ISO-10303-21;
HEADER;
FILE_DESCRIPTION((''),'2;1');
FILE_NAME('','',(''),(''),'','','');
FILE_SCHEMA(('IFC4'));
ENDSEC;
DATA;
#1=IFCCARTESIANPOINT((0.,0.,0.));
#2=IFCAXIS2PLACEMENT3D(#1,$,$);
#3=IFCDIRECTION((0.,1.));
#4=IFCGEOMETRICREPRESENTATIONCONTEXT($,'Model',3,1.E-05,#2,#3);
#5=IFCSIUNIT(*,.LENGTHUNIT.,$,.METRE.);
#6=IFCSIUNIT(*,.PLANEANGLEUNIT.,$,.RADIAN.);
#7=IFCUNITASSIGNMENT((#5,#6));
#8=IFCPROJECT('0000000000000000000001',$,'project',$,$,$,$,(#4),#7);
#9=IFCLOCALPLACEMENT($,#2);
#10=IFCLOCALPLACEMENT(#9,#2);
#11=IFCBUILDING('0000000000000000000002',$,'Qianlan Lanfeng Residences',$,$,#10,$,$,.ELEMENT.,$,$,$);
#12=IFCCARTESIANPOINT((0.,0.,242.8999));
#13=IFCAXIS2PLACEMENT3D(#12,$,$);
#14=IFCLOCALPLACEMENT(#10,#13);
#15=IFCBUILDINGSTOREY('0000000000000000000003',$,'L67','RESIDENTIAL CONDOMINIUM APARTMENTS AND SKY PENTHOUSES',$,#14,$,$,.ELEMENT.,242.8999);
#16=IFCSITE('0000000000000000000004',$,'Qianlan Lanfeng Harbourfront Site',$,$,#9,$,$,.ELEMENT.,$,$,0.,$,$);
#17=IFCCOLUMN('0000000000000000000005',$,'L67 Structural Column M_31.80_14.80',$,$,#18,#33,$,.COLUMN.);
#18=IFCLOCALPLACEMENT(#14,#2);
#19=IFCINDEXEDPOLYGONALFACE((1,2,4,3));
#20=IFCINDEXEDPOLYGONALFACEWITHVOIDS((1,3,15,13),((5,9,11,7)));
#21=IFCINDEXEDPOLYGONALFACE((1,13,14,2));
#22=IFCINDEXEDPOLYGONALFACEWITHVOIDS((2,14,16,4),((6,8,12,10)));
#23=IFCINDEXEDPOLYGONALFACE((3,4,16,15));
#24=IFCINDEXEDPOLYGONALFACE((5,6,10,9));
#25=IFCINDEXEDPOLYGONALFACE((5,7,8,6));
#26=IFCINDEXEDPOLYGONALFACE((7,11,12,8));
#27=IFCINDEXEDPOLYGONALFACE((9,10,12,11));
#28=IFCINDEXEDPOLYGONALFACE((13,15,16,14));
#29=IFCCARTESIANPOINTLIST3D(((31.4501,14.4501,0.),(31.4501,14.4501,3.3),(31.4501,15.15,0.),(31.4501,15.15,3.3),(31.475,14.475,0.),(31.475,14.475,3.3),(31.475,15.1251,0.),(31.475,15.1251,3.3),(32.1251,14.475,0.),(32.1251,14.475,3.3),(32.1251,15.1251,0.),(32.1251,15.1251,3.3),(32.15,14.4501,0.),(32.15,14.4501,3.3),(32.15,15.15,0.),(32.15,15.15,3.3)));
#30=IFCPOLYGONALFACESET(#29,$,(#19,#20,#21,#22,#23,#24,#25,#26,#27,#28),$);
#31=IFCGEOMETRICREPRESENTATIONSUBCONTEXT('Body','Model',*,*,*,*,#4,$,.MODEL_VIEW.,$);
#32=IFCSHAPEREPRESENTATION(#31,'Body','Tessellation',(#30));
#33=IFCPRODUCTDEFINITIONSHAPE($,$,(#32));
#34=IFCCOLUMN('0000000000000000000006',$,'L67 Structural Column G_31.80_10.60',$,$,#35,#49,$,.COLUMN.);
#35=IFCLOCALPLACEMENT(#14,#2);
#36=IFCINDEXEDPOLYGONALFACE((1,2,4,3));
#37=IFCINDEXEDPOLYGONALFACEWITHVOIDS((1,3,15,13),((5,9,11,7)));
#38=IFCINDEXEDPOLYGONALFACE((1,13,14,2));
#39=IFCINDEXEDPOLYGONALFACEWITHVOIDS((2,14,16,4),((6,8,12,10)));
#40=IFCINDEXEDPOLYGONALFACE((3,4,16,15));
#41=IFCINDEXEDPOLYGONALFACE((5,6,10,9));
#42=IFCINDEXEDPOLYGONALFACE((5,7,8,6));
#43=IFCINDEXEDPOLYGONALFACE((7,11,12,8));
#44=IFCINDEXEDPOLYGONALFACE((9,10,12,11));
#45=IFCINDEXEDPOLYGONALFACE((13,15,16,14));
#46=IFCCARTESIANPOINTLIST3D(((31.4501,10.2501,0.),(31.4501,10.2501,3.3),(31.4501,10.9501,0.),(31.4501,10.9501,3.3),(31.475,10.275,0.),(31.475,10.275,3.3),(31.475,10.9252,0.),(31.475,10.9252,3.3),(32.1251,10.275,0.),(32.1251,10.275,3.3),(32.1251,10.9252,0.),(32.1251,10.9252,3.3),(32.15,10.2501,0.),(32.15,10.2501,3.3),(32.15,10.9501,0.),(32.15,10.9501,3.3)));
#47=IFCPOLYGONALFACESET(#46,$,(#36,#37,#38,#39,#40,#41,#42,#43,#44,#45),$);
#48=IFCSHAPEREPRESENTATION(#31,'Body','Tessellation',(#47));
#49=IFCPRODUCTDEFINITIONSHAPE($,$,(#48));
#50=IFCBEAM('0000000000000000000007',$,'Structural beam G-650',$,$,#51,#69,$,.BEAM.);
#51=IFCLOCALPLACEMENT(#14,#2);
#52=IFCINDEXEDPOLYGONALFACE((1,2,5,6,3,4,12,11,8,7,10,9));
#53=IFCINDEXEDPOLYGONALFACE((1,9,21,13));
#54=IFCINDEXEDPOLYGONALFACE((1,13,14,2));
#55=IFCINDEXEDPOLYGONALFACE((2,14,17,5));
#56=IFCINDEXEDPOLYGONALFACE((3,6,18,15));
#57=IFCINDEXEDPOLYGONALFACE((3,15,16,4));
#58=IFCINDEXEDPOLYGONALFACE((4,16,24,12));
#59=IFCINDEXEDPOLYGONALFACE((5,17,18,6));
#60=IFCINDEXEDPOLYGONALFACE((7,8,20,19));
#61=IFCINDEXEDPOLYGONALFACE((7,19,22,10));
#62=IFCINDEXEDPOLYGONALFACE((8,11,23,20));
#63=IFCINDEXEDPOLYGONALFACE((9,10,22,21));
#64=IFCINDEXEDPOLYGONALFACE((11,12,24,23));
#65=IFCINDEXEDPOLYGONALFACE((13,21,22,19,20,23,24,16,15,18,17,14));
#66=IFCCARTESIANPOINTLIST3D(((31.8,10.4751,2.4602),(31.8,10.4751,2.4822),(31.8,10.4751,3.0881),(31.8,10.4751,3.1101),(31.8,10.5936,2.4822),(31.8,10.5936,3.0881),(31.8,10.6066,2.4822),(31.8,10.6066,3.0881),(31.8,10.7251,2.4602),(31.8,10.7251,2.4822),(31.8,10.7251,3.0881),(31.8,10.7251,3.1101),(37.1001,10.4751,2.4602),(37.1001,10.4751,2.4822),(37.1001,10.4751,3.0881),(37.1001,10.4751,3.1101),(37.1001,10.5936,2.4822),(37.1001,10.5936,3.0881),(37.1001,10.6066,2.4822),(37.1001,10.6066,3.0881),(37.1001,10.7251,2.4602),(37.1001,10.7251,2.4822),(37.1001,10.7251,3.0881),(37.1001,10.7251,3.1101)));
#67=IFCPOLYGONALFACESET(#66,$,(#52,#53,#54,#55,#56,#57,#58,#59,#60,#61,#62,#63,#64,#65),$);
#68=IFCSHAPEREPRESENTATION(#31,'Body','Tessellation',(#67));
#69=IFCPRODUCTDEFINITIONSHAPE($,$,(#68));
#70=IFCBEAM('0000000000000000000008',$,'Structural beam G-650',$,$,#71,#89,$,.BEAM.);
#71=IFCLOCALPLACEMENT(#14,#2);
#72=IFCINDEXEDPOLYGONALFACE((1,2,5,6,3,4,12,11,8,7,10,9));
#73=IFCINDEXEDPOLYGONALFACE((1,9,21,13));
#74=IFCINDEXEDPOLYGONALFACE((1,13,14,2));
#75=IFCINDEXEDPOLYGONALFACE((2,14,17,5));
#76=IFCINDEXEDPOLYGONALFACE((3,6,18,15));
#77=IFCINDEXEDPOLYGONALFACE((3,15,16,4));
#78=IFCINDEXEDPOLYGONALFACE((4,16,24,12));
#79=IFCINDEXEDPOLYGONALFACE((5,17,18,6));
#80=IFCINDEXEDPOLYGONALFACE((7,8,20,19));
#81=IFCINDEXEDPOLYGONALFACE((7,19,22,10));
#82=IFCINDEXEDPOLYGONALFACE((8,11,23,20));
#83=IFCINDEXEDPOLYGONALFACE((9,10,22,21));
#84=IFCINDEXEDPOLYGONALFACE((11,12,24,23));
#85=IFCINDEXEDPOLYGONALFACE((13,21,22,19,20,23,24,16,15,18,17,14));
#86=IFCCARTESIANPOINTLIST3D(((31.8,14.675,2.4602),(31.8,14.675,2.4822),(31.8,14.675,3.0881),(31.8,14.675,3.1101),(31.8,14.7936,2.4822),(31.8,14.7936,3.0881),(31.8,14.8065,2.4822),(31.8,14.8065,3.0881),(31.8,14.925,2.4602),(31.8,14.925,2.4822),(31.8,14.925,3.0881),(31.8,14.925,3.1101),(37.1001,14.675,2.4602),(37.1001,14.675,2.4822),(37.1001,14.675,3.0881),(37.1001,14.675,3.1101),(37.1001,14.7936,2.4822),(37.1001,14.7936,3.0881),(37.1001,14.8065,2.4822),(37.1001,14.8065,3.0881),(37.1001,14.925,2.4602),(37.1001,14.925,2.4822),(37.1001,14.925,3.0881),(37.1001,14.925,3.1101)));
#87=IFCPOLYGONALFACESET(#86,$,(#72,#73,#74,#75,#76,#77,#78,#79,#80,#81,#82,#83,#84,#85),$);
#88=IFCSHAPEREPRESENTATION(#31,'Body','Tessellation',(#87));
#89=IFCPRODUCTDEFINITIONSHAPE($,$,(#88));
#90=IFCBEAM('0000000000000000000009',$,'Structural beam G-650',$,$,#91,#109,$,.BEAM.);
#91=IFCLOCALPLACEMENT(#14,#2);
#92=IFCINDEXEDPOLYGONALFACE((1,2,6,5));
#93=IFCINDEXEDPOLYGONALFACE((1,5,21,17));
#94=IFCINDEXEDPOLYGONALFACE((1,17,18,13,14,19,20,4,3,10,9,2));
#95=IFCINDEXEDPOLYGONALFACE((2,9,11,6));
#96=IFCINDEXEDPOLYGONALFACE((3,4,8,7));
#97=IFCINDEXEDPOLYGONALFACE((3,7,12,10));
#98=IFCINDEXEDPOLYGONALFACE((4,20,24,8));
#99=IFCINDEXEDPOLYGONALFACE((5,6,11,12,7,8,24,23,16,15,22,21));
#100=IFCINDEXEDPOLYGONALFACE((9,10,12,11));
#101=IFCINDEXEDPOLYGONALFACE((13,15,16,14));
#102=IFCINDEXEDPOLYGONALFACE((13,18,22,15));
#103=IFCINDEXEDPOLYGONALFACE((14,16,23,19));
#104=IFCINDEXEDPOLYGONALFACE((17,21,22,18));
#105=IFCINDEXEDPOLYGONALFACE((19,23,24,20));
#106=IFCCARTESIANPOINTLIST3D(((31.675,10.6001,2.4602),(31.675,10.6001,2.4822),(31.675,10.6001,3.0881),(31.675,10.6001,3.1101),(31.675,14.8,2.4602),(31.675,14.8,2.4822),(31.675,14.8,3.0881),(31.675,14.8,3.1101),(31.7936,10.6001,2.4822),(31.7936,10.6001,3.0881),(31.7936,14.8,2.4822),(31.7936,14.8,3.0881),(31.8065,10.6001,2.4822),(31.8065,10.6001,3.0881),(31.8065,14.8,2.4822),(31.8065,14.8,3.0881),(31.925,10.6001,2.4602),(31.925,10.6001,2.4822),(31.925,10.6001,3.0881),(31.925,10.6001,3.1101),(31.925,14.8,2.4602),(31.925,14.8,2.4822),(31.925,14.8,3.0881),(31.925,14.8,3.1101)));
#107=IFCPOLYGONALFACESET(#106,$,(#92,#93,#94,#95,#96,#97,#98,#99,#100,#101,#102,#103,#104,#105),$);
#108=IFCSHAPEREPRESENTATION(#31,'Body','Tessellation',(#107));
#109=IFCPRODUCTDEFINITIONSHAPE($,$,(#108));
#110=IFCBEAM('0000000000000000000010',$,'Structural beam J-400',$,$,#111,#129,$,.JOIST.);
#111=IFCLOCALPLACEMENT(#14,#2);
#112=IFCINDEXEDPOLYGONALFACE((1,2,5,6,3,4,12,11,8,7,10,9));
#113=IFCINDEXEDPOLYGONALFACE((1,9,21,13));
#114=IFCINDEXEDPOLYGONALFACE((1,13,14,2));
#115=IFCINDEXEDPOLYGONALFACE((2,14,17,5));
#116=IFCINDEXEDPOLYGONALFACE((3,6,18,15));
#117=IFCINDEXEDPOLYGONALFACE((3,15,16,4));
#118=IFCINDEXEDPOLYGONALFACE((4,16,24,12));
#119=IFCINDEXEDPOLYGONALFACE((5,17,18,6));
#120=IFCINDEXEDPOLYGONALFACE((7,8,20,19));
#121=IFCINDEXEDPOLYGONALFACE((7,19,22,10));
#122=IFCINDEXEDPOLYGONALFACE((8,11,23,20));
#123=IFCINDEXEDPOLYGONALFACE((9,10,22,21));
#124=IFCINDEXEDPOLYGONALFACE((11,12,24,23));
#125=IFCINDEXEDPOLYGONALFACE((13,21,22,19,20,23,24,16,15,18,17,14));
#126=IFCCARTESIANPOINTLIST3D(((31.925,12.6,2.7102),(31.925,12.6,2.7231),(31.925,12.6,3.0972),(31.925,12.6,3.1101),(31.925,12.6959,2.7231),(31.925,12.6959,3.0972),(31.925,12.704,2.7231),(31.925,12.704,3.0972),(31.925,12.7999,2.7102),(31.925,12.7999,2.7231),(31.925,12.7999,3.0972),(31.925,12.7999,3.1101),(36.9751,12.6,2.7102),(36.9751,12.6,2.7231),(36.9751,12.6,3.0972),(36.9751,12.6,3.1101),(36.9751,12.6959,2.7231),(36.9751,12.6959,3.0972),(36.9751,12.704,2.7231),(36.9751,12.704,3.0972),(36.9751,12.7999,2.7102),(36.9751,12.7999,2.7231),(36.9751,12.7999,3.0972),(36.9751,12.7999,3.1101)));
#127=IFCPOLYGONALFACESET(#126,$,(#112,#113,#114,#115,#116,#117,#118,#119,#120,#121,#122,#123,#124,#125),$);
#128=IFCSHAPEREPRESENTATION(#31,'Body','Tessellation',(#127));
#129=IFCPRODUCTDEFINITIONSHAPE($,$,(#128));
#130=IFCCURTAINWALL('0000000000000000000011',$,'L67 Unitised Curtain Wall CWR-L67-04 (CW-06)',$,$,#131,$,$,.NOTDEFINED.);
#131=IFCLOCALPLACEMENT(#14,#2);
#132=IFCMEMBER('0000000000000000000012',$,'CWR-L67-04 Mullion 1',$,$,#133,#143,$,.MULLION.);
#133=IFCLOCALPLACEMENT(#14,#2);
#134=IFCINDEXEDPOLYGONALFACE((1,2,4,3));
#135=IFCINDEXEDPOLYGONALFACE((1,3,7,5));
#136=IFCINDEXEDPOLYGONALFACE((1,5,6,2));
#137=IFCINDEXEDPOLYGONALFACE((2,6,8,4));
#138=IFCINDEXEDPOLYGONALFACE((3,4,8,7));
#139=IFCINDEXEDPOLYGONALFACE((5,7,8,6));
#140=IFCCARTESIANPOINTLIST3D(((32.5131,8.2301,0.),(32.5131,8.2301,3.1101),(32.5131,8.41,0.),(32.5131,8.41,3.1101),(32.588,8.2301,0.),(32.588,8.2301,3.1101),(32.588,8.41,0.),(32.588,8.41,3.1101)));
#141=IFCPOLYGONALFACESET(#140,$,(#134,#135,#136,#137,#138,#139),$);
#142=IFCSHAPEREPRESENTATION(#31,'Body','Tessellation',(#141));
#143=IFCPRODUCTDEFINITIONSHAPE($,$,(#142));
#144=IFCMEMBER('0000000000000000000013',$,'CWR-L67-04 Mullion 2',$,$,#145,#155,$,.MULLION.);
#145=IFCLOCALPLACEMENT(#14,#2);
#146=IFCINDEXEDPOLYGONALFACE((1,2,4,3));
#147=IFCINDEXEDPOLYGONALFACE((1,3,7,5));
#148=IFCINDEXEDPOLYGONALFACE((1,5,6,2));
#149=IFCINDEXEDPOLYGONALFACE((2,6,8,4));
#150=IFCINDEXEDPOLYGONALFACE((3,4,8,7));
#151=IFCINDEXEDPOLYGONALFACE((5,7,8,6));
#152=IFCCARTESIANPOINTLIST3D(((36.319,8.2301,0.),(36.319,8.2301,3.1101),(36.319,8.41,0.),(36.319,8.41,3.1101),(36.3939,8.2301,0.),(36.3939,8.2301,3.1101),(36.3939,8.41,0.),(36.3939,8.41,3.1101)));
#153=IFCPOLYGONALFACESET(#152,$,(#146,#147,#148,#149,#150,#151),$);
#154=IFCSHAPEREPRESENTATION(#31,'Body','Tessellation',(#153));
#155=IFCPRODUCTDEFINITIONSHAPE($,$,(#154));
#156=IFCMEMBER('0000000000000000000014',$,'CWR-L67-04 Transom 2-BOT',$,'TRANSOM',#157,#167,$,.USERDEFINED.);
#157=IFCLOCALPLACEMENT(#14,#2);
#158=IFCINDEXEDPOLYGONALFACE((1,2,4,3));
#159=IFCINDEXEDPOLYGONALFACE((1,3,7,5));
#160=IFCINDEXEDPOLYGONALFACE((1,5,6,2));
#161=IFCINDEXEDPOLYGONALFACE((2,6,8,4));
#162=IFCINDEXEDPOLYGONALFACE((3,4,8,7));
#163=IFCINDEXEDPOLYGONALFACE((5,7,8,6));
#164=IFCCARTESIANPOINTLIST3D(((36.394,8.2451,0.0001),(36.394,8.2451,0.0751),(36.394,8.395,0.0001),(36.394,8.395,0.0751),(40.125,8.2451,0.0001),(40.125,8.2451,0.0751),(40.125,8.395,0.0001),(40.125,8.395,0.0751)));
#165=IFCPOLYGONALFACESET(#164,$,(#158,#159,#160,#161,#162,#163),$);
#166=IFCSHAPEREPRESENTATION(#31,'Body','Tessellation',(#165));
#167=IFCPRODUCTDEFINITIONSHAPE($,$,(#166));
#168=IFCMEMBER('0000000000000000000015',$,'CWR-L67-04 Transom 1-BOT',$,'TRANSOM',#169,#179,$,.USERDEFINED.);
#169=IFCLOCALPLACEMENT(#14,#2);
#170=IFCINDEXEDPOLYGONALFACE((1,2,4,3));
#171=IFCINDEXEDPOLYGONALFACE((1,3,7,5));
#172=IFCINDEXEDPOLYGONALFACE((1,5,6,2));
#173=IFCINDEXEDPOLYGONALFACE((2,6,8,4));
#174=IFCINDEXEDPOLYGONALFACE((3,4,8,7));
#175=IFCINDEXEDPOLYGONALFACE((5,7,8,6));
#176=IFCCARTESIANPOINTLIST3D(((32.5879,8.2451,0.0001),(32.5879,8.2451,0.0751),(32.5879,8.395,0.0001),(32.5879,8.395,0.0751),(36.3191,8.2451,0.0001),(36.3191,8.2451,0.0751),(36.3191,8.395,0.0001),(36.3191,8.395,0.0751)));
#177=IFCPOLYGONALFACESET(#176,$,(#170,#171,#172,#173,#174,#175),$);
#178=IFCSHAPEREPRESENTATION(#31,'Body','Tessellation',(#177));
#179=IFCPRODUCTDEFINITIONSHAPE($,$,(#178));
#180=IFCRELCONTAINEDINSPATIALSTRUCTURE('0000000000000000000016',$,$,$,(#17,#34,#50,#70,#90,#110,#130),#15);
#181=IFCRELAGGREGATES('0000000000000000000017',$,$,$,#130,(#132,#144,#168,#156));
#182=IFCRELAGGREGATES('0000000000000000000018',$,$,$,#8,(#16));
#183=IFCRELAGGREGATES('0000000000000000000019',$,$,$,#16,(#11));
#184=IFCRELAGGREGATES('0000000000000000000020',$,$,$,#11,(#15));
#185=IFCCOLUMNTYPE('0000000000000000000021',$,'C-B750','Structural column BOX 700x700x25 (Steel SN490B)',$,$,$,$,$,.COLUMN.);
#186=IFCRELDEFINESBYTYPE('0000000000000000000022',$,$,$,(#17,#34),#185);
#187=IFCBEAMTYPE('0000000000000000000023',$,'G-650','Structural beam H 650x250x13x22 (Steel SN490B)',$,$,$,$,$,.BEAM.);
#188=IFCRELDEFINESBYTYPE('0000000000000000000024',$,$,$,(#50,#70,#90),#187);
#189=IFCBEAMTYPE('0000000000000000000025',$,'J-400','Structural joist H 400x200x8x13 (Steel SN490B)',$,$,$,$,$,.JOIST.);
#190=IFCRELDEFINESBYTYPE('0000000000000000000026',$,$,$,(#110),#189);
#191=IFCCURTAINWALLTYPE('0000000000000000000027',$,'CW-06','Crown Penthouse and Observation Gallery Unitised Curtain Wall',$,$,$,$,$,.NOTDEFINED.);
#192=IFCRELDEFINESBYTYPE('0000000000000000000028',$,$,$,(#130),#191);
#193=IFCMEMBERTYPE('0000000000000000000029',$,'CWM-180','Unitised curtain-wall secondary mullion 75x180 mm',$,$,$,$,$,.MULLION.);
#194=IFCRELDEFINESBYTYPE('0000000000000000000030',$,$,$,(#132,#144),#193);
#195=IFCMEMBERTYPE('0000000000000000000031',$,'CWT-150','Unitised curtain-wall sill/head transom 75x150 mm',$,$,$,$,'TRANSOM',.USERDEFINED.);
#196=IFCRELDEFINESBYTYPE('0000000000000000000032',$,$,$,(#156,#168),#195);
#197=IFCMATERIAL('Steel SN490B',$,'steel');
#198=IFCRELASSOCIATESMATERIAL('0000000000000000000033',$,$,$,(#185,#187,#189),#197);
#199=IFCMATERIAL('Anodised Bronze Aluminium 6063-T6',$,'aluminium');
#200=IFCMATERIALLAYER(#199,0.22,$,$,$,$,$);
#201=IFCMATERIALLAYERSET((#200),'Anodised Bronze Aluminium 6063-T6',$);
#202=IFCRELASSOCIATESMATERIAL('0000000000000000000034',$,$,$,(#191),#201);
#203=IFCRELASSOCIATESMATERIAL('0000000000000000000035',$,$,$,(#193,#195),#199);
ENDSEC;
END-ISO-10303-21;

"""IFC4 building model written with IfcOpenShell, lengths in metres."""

from ifc_helpers import new_model, si_unit, direction, frame, origin, origin_2d, place, context, subcontext, project, spatial, rectangle, hollow_rectangle, i_section, extrude, source, transform, mapped, material, layer, layer_set, material_profile, profile_set, type_object, element, aggregate, save


model = new_model("IFC4")

# Units and contexts
model_context = context("Model", 3, precision=1e-05, world=origin(), true_north=direction((0.0, 1.0)))
body_context = subcontext(model_context, "Body", "Model", "MODEL_VIEW")
ifc_project = project(units=[si_unit("LENGTHUNIT", "METRE"), si_unit("PLANEANGLEUNIT", "RADIAN")], contexts=[model_context])

# Site, building, storey
site_placement = place(None, origin())
site = spatial("IfcSite", under=ifc_project, at=site_placement, Name="Qianlan Lanfeng Harbourfront Site", CompositionType="ELEMENT", RefElevation=0.0)
building_placement = place(site_placement, origin())
building = spatial("IfcBuilding", under=site, at=building_placement, Name="Qianlan Lanfeng Residences", CompositionType="ELEMENT")
storey_placement = place(building_placement, frame((0.0, 0.0, 242.8999)))
storey = spatial("IfcBuildingStorey", under=building, at=storey_placement, Name="L67", Description="RESIDENTIAL CONDOMINIUM APARTMENTS AND SKY PENTHOUSES", CompositionType="ELEMENT", Elevation=242.8999)

# Columns
ifc_material_1 = material(Name="Steel SN490B", Category="steel")
ifc_material_profile_1 = material_profile(ifc_material_1, hollow_rectangle(XDim=0.7, YDim=0.7, WallThickness=0.0249, at=origin_2d()), Name="BOX 700x700x25")
ifc_profile_set_1 = profile_set([ifc_material_profile_1], Name="Steel SN490B")
column_type = type_object("IfcColumnType", Name="C-B750", Description="Structural column BOX 700x700x25 (Steel SN490B)", PredefinedType="COLUMN", material=ifc_profile_set_1)
for number, where, z_axis, x_axis, name in (
    (1, (31.8, 14.8, 0.0), (0.0, 0.0, 1.0), (1.0, 0.0, 0.0), "L67 Structural Column M_31.80_14.80"),
    (2, (31.8, 10.6001, 0.0), (0.0, 0.0, 1.0), (1.0, 0.0, 0.0), "L67 Structural Column G_31.80_10.60"),
):
    element("IfcColumn", number, at=place(storey_placement, frame(where, z_axis=z_axis, x_axis=x_axis)), inside=storey, type_object=column_type, Name=name, PredefinedType="COLUMN", context=body_context, shape_type="SweptSolid", body=[
        extrude(hollow_rectangle(XDim=0.7, YDim=0.7, WallThickness=0.0249, at=origin_2d()), origin(), (0.0, 0.0, 1.0), 3.3),
    ])

# Beams
ifc_material_profile_2 = material_profile(ifc_material_1, i_section(OverallWidth=0.25, OverallDepth=0.6499, WebThickness=0.0129, FlangeThickness=0.022, at=origin_2d()), Name="H 650x250x13x22")
ifc_profile_set_2 = profile_set([ifc_material_profile_2], Name="Steel SN490B")
beam_type_1 = type_object("IfcBeamType", Name="G-650", Description="Structural beam H 650x250x13x22 (Steel SN490B)", PredefinedType="BEAM", material=ifc_profile_set_2)
for number, where, z_axis, x_axis, name in (
    (3, (31.8, 10.6001, 2.7852), (1.0, 0.0, 0.0), (0.0, 1.0, 0.0), "Structural beam G-650"),
    (4, (31.8, 14.8, 2.7852), (1.0, 0.0, 0.0), (0.0, 1.0, 0.0), "Structural beam G-650"),
):
    element("IfcBeam", number, at=place(storey_placement, frame(where, z_axis=z_axis, x_axis=x_axis)), inside=storey, type_object=beam_type_1, Name=name, PredefinedType="BEAM", context=body_context, shape_type="SweptSolid", body=[
        extrude(i_section(OverallWidth=0.25, OverallDepth=0.6499, WebThickness=0.0129, FlangeThickness=0.022, at=origin_2d()), origin(), (0.0, 0.0, 1.0), 5.3),
    ])
beam_1_placement = place(storey_placement, frame((31.8, 10.6001, 2.7852), z_axis=(0.0, 1.0, 0.0), x_axis=(-1.0, 0.0, 0.0)))
element("IfcBeam", 5, at=beam_1_placement, inside=storey, type_object=beam_type_1, Name="Structural beam G-650", PredefinedType="BEAM", context=body_context, shape_type="SweptSolid", body=[
    extrude(i_section(OverallWidth=0.25, OverallDepth=0.6499, WebThickness=0.0129, FlangeThickness=0.022, at=origin_2d()), origin(), (0.0, 0.0, 1.0), 4.2),
])
ifc_material_profile_3 = material_profile(ifc_material_1, i_section(OverallWidth=0.2, OverallDepth=0.3999, WebThickness=0.0081, FlangeThickness=0.0129, at=origin_2d()), Name="H 400x200x8x13")
ifc_profile_set_3 = profile_set([ifc_material_profile_3], Name="Steel SN490B")
beam_type_2 = type_object("IfcBeamType", Name="J-400", Description="Structural joist H 400x200x8x13 (Steel SN490B)", PredefinedType="JOIST", material=ifc_profile_set_3)
beam_2_placement = place(storey_placement, frame((31.925, 12.7, 2.9102), z_axis=(1.0, 0.0, 0.0), x_axis=(0.0, 1.0, 0.0)))
element("IfcBeam", 6, at=beam_2_placement, inside=storey, type_object=beam_type_2, Name="Structural beam J-400", PredefinedType="JOIST", context=body_context, shape_type="SweptSolid", body=[
    extrude(i_section(OverallWidth=0.2, OverallDepth=0.3999, WebThickness=0.0081, FlangeThickness=0.0129, at=origin_2d()), origin(), (0.0, 0.0, 1.0), 5.05),
])

# Curtain wall, members
ifc_material_2 = material(Name="Anodised Bronze Aluminium 6063-T6", Category="aluminium")
ifc_layer_1 = layer(ifc_material_2, 0.22)
ifc_layer_set_1 = layer_set([ifc_layer_1], Name="Anodised Bronze Aluminium 6063-T6")
curtain_wall_type = type_object("IfcCurtainWallType", Name="CW-06", Description="Crown Penthouse and Observation Gallery Unitised Curtain Wall", PredefinedType="NOTDEFINED", material=ifc_layer_set_1)
curtain_wall_placement = place(storey_placement, origin())
curtain_wall = element("IfcCurtainWall", 7, at=curtain_wall_placement, inside=storey, type_object=curtain_wall_type, Name="L67 Unitised Curtain Wall CWR-L67-04 (CW-06)", PredefinedType="NOTDEFINED")
ifc_material_profile_4 = material_profile(ifc_material_2, rectangle(XDim=0.075, YDim=0.1799, at=origin_2d()), Name="ALU MULLION 75x180")
ifc_profile_set_4 = profile_set([ifc_material_profile_4], Name="Anodised Bronze Aluminium 6063-T6")
member_type_1 = type_object("IfcMemberType", Name="CWM-180", Description="Unitised curtain-wall secondary mullion 75x180 mm", PredefinedType="MULLION", material=ifc_profile_set_4)
shared_shape_1 = source(origin(), body_context, "Body", "SweptSolid", [
    extrude(rectangle(XDim=0.075, YDim=0.1799, at=origin_2d()), origin(), (0.0, 0.0, 1.0), 3.1101),
])
member_1_placement = place(storey_placement, frame((32.5505, 8.3201, 0.0), z_axis=(0.0, 0.0, 1.0), x_axis=(1.0, 0.0, 0.0)))
member_1 = element("IfcMember", 8, at=member_1_placement, type_object=member_type_1, Name="CWR-L67-04 Mullion 1", PredefinedType="MULLION", context=body_context, shape_type="MappedRepresentation", body=[
    mapped(shared_shape_1, transform((0.0, 0.0, 0.0), scale=1.0)),
])
member_2_placement = place(storey_placement, frame((36.3564, 8.3201, 0.0), z_axis=(0.0, 0.0, 1.0), x_axis=(1.0, 0.0, 0.0)))
member_2 = element("IfcMember", 9, at=member_2_placement, type_object=member_type_1, Name="CWR-L67-04 Mullion 2", PredefinedType="MULLION", context=body_context, shape_type="MappedRepresentation", body=[
    mapped(shared_shape_1, transform((0.0, 0.0, 0.0), scale=1.0)),
])
ifc_material_profile_5 = material_profile(ifc_material_2, rectangle(XDim=0.075, YDim=0.1499, at=origin_2d()), Name="ALU TRANSOM 75x150")
ifc_profile_set_5 = profile_set([ifc_material_profile_5], Name="Anodised Bronze Aluminium 6063-T6")
member_type_2 = type_object("IfcMemberType", Name="CWT-150", Description="Unitised curtain-wall sill/head transom 75x150 mm", ElementType="TRANSOM", PredefinedType="USERDEFINED", material=ifc_profile_set_5)
shared_shape_2 = source(origin(), body_context, "Body", "SweptSolid", [
    extrude(rectangle(XDim=0.075, YDim=0.1499, at=origin_2d()), origin(), (0.0, 0.0, 1.0), 3.731),
])
member_3_placement = place(storey_placement, frame((36.394, 8.3201, 0.0376), z_axis=(1.0, 0.0, 0.0), x_axis=(0.0, 0.0, 1.0)))
member_3 = element("IfcMember", 10, at=member_3_placement, type_object=member_type_2, Name="CWR-L67-04 Transom 2-BOT", ObjectType="TRANSOM", PredefinedType="USERDEFINED", context=body_context, shape_type="MappedRepresentation", body=[
    mapped(shared_shape_2, transform((0.0, 0.0, 0.0), scale=1.0)),
])
shared_shape_3 = source(origin(), body_context, "Body", "SweptSolid", [
    extrude(rectangle(XDim=0.075, YDim=0.1499, at=origin_2d()), origin(), (0.0, 0.0, 1.0), 3.7312),
])
member_4_placement = place(storey_placement, frame((32.5879, 8.3201, 0.0376), z_axis=(1.0, 0.0, 0.0), x_axis=(0.0, 0.0, 1.0)))
member_4 = element("IfcMember", 11, at=member_4_placement, type_object=member_type_2, Name="CWR-L67-04 Transom 1-BOT", ObjectType="TRANSOM", PredefinedType="USERDEFINED", context=body_context, shape_type="MappedRepresentation", body=[
    mapped(shared_shape_3, transform((0.0, 0.0, 0.0), scale=1.0)),
])
aggregate(curtain_wall, [member_1, member_2, member_4, member_3])

save(model, "model.ifc")
